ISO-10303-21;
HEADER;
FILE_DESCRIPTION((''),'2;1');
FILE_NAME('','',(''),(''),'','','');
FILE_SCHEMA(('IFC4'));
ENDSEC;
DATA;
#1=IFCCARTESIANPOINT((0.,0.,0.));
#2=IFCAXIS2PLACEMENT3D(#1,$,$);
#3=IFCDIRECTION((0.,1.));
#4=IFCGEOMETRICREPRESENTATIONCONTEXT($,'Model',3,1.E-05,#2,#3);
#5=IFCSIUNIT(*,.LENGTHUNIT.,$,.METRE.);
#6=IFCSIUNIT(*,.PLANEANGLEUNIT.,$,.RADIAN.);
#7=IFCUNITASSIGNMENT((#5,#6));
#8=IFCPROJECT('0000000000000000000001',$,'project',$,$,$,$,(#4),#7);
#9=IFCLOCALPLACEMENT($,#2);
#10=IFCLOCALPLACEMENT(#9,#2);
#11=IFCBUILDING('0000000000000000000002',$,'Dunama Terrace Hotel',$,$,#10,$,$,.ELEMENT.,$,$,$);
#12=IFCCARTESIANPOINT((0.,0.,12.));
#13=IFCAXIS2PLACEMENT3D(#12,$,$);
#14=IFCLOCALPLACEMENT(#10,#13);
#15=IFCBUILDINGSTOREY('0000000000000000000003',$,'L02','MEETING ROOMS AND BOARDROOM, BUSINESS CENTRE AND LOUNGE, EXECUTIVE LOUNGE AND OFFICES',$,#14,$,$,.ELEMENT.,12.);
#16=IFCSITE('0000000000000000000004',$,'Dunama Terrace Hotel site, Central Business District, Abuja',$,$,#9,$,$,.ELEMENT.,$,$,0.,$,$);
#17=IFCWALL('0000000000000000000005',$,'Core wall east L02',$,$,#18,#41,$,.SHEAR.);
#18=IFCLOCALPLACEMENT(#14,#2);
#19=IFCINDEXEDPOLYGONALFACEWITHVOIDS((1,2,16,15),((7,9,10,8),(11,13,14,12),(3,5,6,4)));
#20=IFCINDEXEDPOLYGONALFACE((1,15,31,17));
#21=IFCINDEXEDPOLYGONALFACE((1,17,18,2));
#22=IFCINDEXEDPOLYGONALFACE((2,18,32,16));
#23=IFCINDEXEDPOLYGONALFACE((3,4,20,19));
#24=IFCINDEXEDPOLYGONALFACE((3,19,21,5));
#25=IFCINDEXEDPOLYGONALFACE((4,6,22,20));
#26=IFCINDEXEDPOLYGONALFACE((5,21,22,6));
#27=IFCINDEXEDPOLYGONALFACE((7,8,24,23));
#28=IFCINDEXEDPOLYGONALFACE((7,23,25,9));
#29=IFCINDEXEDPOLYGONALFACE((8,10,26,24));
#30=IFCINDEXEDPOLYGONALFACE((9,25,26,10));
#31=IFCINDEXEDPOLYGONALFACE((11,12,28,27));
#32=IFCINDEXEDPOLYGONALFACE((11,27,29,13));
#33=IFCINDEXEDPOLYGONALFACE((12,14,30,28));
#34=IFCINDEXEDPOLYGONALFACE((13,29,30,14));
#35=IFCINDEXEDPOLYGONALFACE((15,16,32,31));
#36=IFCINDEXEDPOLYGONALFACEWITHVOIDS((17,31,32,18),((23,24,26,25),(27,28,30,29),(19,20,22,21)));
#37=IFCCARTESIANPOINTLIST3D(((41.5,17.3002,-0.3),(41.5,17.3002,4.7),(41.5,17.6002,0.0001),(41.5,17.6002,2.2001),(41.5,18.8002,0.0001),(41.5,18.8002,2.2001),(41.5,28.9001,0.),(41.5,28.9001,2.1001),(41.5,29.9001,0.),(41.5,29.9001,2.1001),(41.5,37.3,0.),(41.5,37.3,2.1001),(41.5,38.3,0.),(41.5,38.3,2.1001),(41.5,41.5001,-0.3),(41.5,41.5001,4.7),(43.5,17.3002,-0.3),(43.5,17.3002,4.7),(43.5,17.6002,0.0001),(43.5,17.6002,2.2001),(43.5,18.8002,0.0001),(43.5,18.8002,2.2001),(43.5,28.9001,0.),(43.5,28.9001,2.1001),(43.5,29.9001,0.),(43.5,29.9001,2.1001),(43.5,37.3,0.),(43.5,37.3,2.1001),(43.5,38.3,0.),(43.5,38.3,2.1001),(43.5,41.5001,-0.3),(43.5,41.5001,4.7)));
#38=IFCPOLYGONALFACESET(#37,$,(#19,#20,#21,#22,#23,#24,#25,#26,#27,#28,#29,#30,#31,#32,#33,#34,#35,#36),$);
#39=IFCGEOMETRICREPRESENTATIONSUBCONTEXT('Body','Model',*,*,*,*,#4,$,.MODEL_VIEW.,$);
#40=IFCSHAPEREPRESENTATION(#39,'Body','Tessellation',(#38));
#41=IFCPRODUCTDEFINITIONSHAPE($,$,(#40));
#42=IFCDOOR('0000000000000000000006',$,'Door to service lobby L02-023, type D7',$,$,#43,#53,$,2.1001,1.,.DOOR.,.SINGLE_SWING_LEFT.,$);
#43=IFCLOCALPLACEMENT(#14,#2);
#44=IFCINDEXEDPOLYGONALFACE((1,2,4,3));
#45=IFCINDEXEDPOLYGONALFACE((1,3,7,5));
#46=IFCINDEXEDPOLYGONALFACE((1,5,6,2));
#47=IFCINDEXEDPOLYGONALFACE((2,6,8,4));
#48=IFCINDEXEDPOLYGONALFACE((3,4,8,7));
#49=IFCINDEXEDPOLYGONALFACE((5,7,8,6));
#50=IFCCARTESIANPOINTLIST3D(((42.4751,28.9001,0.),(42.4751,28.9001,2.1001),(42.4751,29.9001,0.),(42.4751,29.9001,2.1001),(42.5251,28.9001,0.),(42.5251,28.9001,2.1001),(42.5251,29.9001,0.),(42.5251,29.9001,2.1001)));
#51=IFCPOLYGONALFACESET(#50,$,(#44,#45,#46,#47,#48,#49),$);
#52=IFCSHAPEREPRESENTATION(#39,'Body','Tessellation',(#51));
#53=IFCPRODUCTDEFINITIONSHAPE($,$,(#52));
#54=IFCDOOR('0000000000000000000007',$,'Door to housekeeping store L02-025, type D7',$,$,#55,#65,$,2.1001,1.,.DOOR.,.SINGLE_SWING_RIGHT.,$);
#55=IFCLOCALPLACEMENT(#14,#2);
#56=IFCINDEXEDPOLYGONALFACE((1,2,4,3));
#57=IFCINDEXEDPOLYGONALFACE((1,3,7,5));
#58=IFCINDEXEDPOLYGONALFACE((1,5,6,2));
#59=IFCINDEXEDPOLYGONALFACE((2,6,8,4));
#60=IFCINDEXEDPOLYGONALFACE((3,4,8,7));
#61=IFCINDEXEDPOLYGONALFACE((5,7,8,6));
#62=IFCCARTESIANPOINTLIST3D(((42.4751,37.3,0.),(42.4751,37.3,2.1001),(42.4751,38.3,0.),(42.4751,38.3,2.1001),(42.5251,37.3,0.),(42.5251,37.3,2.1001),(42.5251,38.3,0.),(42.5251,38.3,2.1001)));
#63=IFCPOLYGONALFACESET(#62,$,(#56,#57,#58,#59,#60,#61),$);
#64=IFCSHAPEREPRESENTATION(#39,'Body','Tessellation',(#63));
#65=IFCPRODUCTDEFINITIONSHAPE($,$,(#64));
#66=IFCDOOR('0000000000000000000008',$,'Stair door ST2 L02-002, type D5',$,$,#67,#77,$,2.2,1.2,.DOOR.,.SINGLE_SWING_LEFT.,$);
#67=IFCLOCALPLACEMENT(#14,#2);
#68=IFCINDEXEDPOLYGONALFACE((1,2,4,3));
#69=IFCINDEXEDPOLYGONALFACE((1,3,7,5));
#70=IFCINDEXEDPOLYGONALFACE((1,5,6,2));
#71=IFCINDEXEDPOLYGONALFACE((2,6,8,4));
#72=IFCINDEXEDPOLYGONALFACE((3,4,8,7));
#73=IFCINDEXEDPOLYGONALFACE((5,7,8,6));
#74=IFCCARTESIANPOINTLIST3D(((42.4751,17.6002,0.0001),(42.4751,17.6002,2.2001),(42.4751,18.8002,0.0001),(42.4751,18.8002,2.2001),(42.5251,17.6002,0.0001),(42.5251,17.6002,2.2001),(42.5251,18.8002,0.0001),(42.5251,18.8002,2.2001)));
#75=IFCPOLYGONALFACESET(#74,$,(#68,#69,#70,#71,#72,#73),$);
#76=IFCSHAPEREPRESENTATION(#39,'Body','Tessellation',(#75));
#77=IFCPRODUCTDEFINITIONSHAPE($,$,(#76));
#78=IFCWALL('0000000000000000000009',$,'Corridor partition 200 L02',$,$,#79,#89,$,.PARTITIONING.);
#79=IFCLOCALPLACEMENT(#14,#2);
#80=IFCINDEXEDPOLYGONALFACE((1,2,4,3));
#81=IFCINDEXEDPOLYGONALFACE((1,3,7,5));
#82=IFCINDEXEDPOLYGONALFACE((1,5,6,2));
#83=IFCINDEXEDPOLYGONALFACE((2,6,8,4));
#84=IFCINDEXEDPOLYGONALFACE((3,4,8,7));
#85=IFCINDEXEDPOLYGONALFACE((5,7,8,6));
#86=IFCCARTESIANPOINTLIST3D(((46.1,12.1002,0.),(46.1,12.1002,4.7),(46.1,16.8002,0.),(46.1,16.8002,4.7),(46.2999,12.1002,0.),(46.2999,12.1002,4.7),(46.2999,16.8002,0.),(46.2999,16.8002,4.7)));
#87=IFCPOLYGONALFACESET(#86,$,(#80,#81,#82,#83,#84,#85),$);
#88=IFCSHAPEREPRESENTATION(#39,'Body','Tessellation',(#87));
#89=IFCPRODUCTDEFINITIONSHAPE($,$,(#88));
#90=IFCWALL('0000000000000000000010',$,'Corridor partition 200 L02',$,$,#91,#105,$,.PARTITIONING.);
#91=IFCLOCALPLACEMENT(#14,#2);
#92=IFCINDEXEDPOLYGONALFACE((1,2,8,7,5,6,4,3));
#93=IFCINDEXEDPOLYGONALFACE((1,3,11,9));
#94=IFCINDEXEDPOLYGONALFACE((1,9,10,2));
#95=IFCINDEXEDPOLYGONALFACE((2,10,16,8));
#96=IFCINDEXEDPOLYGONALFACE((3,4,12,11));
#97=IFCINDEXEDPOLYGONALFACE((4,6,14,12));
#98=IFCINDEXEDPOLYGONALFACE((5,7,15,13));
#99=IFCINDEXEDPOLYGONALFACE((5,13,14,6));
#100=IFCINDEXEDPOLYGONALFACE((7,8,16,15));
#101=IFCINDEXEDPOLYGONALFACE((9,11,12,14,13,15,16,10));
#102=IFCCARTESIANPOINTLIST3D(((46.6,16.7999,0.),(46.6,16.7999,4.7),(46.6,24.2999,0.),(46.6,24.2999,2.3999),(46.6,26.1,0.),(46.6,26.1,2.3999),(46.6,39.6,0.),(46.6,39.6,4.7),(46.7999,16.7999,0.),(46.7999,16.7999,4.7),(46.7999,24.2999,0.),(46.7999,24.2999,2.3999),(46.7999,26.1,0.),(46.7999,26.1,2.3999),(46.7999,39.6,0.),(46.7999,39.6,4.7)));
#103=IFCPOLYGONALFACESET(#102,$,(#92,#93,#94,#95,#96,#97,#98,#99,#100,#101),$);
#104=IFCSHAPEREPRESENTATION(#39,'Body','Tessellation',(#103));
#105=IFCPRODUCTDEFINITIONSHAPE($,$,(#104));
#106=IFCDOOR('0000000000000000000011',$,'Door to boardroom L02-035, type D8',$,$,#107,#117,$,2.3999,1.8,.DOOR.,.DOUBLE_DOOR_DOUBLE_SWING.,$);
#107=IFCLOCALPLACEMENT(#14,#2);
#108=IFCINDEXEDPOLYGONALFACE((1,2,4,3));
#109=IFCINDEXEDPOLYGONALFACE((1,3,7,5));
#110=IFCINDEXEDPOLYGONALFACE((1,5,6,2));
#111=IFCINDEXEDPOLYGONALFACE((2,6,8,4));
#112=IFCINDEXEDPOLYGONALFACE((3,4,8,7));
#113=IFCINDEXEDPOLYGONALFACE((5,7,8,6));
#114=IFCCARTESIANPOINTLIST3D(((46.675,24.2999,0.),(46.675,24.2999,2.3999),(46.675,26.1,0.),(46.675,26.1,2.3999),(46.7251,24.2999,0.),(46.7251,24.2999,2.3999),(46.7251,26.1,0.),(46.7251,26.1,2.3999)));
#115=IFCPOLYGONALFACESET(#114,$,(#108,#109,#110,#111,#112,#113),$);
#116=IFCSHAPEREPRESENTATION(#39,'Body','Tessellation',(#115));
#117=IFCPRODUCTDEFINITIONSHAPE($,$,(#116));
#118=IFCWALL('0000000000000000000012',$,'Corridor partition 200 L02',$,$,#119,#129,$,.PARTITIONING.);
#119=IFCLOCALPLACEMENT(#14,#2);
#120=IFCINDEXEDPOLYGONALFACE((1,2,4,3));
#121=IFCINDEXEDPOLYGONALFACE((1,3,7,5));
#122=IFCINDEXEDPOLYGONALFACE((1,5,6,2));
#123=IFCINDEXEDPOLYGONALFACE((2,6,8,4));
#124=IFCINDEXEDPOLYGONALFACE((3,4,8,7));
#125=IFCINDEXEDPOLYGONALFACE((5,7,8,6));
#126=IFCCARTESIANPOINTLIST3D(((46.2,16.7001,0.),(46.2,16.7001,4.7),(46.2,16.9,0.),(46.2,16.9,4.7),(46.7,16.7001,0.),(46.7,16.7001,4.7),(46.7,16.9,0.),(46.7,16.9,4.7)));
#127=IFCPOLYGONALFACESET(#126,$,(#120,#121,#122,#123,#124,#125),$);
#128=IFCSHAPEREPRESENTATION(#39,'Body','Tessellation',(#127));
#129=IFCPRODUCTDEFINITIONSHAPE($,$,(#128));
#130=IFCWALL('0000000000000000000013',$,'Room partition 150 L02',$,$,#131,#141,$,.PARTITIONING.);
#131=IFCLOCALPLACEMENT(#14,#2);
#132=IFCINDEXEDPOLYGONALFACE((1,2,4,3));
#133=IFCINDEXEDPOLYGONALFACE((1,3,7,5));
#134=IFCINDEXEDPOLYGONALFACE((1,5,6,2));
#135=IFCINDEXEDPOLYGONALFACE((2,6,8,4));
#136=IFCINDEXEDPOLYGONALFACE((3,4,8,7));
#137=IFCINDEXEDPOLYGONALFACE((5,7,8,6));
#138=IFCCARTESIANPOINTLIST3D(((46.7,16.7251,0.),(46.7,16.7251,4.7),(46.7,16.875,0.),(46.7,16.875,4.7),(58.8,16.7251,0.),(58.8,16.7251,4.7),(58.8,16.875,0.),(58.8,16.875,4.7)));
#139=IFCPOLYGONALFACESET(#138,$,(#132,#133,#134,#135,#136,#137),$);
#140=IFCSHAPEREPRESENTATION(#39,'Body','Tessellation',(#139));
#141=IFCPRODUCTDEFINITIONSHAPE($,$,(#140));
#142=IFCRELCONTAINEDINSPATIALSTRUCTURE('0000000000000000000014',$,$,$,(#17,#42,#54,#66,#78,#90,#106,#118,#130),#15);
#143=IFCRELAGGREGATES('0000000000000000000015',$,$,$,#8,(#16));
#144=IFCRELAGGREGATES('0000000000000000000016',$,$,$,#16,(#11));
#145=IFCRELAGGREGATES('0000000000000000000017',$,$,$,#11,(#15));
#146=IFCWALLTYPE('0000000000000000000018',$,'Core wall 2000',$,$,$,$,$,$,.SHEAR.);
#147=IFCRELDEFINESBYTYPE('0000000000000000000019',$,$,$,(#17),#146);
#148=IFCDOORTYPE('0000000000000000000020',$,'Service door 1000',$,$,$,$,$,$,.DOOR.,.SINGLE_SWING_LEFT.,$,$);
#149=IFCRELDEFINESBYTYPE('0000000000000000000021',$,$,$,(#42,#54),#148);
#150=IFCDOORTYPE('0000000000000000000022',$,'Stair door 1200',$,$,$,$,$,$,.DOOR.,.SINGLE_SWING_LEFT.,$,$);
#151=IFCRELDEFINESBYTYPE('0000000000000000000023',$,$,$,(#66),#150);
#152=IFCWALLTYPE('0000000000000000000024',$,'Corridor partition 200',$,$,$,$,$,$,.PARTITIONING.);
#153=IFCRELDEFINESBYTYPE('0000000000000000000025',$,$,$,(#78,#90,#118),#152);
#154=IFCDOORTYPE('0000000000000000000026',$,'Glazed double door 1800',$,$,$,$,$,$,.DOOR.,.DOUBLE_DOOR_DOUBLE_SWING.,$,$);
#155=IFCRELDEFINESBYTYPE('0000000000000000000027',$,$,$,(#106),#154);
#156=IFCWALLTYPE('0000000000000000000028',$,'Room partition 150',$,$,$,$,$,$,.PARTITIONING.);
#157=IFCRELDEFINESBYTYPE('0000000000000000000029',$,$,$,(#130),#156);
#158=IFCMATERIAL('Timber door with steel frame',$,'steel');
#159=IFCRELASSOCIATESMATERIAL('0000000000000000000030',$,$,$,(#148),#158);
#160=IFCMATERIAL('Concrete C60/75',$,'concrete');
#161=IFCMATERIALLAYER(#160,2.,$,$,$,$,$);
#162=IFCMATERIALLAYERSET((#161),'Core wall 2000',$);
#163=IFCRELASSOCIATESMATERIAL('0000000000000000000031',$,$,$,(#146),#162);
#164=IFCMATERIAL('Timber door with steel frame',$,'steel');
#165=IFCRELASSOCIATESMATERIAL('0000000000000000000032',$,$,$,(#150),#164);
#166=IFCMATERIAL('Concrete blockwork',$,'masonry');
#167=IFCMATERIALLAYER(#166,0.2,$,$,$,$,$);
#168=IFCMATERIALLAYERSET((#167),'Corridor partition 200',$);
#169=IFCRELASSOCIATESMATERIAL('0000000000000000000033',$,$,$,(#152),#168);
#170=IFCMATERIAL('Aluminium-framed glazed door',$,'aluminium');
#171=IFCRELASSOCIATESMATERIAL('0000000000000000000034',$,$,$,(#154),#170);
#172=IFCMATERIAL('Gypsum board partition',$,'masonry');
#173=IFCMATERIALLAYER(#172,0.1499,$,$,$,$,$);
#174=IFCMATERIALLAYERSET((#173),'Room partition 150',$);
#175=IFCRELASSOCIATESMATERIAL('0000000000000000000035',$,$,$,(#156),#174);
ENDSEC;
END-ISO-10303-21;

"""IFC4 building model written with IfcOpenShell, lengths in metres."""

from ifc_helpers import new_model, si_unit, direction, frame, frame_2d, origin, place, context, subcontext, project, spatial, rectangle, extrude, material, layer, layer_set, type_object, element, fill, save


model = new_model("IFC4")

# Units and contexts
model_context = context("Model", 3, precision=1e-05, world=origin(), true_north=direction((0.0, 1.0)))
body_context = subcontext(model_context, "Body", "Model", "MODEL_VIEW")
ifc_project = project(units=[si_unit("LENGTHUNIT", "METRE"), si_unit("PLANEANGLEUNIT", "RADIAN")], contexts=[model_context])

# Site, building, storey
site_placement = place(None, origin())
site = spatial("IfcSite", under=ifc_project, at=site_placement, Name="Dunama Terrace Hotel site, Central Business District, Abuja", CompositionType="ELEMENT", RefElevation=0.0)
building_placement = place(site_placement, origin())
building = spatial("IfcBuilding", under=site, at=building_placement, Name="Dunama Terrace Hotel", CompositionType="ELEMENT")
storey_placement = place(building_placement, frame((0.0, 0.0, 12.0)))
storey = spatial("IfcBuildingStorey", under=building, at=storey_placement, Name="L02", Description="MEETING ROOMS AND BOARDROOM, BUSINESS CENTRE AND LOUNGE, EXECUTIVE LOUNGE AND OFFICES", CompositionType="ELEMENT", Elevation=12.0)

# Shared definitions
ifc_material_1 = material(Name="Timber door with steel frame", Category="steel")
door_type_1 = type_object("IfcDoorType", Name="Service door 1000", OperationType="SINGLE_SWING_LEFT", PredefinedType="DOOR", material=ifc_material_1)

# Wall, openings, doors
ifc_material_2 = material(Name="Concrete C60/75", Category="concrete")
ifc_layer_1 = layer(ifc_material_2, 2.0)
ifc_layer_set_1 = layer_set([ifc_layer_1], Name="Core wall 2000")
wall_type_1 = type_object("IfcWallType", Name="Core wall 2000", PredefinedType="SHEAR", material=ifc_layer_set_1)
wall_1_placement = place(storey_placement, frame((42.5, 17.3, -0.3), z_axis=(0.0, 0.0, 1.0), x_axis=(0.0, 1.0, 0.0)))
wall_1 = element("IfcWall", 1, at=wall_1_placement, inside=storey, type_object=wall_type_1, Name="Core wall east L02", PredefinedType="SHEAR", context=body_context, shape_type="SweptSolid", body=[
    extrude(rectangle(XDim=24.2, YDim=2.0, at=frame_2d((12.1001, 0.0))), origin(), (0.0, 0.0, 1.0), 5.0),
])
opening_1_placement = place(wall_1_placement, frame((0.3, 0.0, 0.3)))
opening_1 = element("IfcOpeningElement", 2, at=opening_1_placement, cuts=wall_1, PredefinedType="OPENING", context=body_context, shape_type="SweptSolid", body=[
    extrude(rectangle(XDim=1.2, YDim=2.2, at=frame_2d((0.6001, 1.1001))), frame((0.0, 1.01, 0.0), z_axis=(0.0, -1.0, 0.0), x_axis=(1.0, 0.0, 0.0)), (0.0, 0.0, 1.0), 2.02),
])
opening_2_placement = place(wall_1_placement, frame((11.6001, 0.0, 0.3)))
opening_2 = element("IfcOpeningElement", 3, at=opening_2_placement, cuts=wall_1, PredefinedType="OPENING", context=body_context, shape_type="SweptSolid", body=[
    extrude(rectangle(XDim=1.0, YDim=2.1001, at=frame_2d((0.5, 1.05))), frame((0.0, 1.01, 0.0), z_axis=(0.0, -1.0, 0.0), x_axis=(1.0, 0.0, 0.0)), (0.0, 0.0, 1.0), 2.02),
])
opening_3_placement = place(wall_1_placement, frame((20.0, 0.0, 0.3)))
opening_3 = element("IfcOpeningElement", 4, at=opening_3_placement, cuts=wall_1, PredefinedType="OPENING", context=body_context, shape_type="SweptSolid", body=[
    extrude(rectangle(XDim=1.0, YDim=2.1001, at=frame_2d((0.5, 1.05))), frame((0.0, 1.01, 0.0), z_axis=(0.0, -1.0, 0.0), x_axis=(1.0, 0.0, 0.0)), (0.0, 0.0, 1.0), 2.02),
])
door_1_placement = place(opening_2_placement, origin())
door_1 = element("IfcDoor", 5, at=door_1_placement, inside=storey, type_object=door_type_1, Name="Door to service lobby L02-023, type D7", OperationType="SINGLE_SWING_LEFT", OverallHeight=2.1001, OverallWidth=1.0, PredefinedType="DOOR", context=body_context, shape_type="SweptSolid", body=[
    extrude(rectangle(XDim=1.0, YDim=2.1001, at=frame_2d((0.5, 1.05))), frame((0.0, 0.0249, 0.0), z_axis=(0.0, -1.0, 0.0), x_axis=(1.0, 0.0, 0.0)), (0.0, 0.0, 1.0), 0.05),
])
fill(opening_2, door_1)
door_2_placement = place(opening_3_placement, origin())
door_2 = element("IfcDoor", 6, at=door_2_placement, inside=storey, type_object=door_type_1, Name="Door to housekeeping store L02-025, type D7", OperationType="SINGLE_SWING_RIGHT", OverallHeight=2.1001, OverallWidth=1.0, PredefinedType="DOOR", context=body_context, shape_type="SweptSolid", body=[
    extrude(rectangle(XDim=1.0, YDim=2.1001, at=frame_2d((0.5, 1.05))), frame((0.0, 0.0249, 0.0), z_axis=(0.0, -1.0, 0.0), x_axis=(1.0, 0.0, 0.0)), (0.0, 0.0, 1.0), 0.05),
])
fill(opening_3, door_2)
ifc_material_3 = material(Name="Timber door with steel frame", Category="steel")
door_type_2 = type_object("IfcDoorType", Name="Stair door 1200", OperationType="SINGLE_SWING_LEFT", PredefinedType="DOOR", material=ifc_material_3)
door_3_placement = place(opening_1_placement, origin())
door_3 = element("IfcDoor", 7, at=door_3_placement, inside=storey, type_object=door_type_2, Name="Stair door ST2 L02-002, type D5", OperationType="SINGLE_SWING_LEFT", OverallHeight=2.2, OverallWidth=1.2, PredefinedType="DOOR", context=body_context, shape_type="SweptSolid", body=[
    extrude(rectangle(XDim=1.2, YDim=2.2, at=frame_2d((0.6001, 1.1001))), frame((0.0, 0.0249, 0.0), z_axis=(0.0, -1.0, 0.0), x_axis=(1.0, 0.0, 0.0)), (0.0, 0.0, 1.0), 0.05),
])
fill(opening_1, door_3)

# Wall
ifc_material_4 = material(Name="Concrete blockwork", Category="masonry")
ifc_layer_2 = layer(ifc_material_4, 0.2)
ifc_layer_set_2 = layer_set([ifc_layer_2], Name="Corridor partition 200")
wall_type_2 = type_object("IfcWallType", Name="Corridor partition 200", PredefinedType="PARTITIONING", material=ifc_layer_set_2)
wall_2_placement = place(storey_placement, frame((46.2, 12.1001, 0.0), z_axis=(0.0, 0.0, 1.0), x_axis=(0.0, 1.0, 0.0)))
element("IfcWall", 8, at=wall_2_placement, inside=storey, type_object=wall_type_2, Name="Corridor partition 200 L02", PredefinedType="PARTITIONING", context=body_context, shape_type="SweptSolid", body=[
    extrude(rectangle(XDim=4.7, YDim=0.2, at=frame_2d((2.3501, 0.0))), origin(), (0.0, 0.0, 1.0), 4.7),
])

# Wall, opening, door
wall_3_placement = place(storey_placement, frame((46.7, 16.8, 0.0), z_axis=(0.0, 0.0, 1.0), x_axis=(0.0, 1.0, 0.0)))
wall_3 = element("IfcWall", 9, at=wall_3_placement, inside=storey, type_object=wall_type_2, Name="Corridor partition 200 L02", PredefinedType="PARTITIONING", context=body_context, shape_type="SweptSolid", body=[
    extrude(rectangle(XDim=22.8, YDim=0.2, at=frame_2d((11.3999, 0.0))), origin(), (0.0, 0.0, 1.0), 4.7),
])
opening_4_placement = place(wall_3_placement, frame((7.5, 0.0, 0.0)))
opening_4 = element("IfcOpeningElement", 10, at=opening_4_placement, cuts=wall_3, PredefinedType="OPENING", context=body_context, shape_type="SweptSolid", body=[
    extrude(rectangle(XDim=1.8, YDim=2.3999, at=frame_2d((0.8999, 1.2))), frame((0.0, 0.1099, 0.0), z_axis=(0.0, -1.0, 0.0), x_axis=(1.0, 0.0, 0.0)), (0.0, 0.0, 1.0), 0.22),
])
ifc_material_5 = material(Name="Aluminium-framed glazed door", Category="aluminium")
door_type_3 = type_object("IfcDoorType", Name="Glazed double door 1800", OperationType="DOUBLE_DOOR_DOUBLE_SWING", PredefinedType="DOOR", material=ifc_material_5)
door_4_placement = place(opening_4_placement, origin())
door_4 = element("IfcDoor", 11, at=door_4_placement, inside=storey, type_object=door_type_3, Name="Door to boardroom L02-035, type D8", OperationType="DOUBLE_DOOR_DOUBLE_SWING", OverallHeight=2.3999, OverallWidth=1.8, PredefinedType="DOOR", context=body_context, shape_type="SweptSolid", body=[
    extrude(rectangle(XDim=1.8, YDim=2.3999, at=frame_2d((0.8999, 1.2))), frame((0.0, 0.0249, 0.0), z_axis=(0.0, -1.0, 0.0), x_axis=(1.0, 0.0, 0.0)), (0.0, 0.0, 1.0), 0.05),
])
fill(opening_4, door_4)

# Walls
wall_4_placement = place(storey_placement, frame((46.2, 16.8, 0.0), z_axis=(0.0, 0.0, 1.0), x_axis=(1.0, 0.0, 0.0)))
element("IfcWall", 12, at=wall_4_placement, inside=storey, type_object=wall_type_2, Name="Corridor partition 200 L02", PredefinedType="PARTITIONING", context=body_context, shape_type="SweptSolid", body=[
    extrude(rectangle(XDim=0.5, YDim=0.2, at=frame_2d((0.25, 0.0))), origin(), (0.0, 0.0, 1.0), 4.7),
])
ifc_material_6 = material(Name="Gypsum board partition", Category="masonry")
ifc_layer_3 = layer(ifc_material_6, 0.1499)
ifc_layer_set_3 = layer_set([ifc_layer_3], Name="Room partition 150")
wall_type_3 = type_object("IfcWallType", Name="Room partition 150", PredefinedType="PARTITIONING", material=ifc_layer_set_3)
wall_5_placement = place(storey_placement, frame((46.7, 16.8, 0.0), z_axis=(0.0, 0.0, 1.0), x_axis=(1.0, 0.0, 0.0)))
element("IfcWall", 13, at=wall_5_placement, inside=storey, type_object=wall_type_3, Name="Room partition 150 L02", PredefinedType="PARTITIONING", context=body_context, shape_type="SweptSolid", body=[
    extrude(rectangle(XDim=12.1001, YDim=0.1499, at=frame_2d((6.05, 0.0))), origin(), (0.0, 0.0, 1.0), 4.7),
])

save(model, "model.ifc")
